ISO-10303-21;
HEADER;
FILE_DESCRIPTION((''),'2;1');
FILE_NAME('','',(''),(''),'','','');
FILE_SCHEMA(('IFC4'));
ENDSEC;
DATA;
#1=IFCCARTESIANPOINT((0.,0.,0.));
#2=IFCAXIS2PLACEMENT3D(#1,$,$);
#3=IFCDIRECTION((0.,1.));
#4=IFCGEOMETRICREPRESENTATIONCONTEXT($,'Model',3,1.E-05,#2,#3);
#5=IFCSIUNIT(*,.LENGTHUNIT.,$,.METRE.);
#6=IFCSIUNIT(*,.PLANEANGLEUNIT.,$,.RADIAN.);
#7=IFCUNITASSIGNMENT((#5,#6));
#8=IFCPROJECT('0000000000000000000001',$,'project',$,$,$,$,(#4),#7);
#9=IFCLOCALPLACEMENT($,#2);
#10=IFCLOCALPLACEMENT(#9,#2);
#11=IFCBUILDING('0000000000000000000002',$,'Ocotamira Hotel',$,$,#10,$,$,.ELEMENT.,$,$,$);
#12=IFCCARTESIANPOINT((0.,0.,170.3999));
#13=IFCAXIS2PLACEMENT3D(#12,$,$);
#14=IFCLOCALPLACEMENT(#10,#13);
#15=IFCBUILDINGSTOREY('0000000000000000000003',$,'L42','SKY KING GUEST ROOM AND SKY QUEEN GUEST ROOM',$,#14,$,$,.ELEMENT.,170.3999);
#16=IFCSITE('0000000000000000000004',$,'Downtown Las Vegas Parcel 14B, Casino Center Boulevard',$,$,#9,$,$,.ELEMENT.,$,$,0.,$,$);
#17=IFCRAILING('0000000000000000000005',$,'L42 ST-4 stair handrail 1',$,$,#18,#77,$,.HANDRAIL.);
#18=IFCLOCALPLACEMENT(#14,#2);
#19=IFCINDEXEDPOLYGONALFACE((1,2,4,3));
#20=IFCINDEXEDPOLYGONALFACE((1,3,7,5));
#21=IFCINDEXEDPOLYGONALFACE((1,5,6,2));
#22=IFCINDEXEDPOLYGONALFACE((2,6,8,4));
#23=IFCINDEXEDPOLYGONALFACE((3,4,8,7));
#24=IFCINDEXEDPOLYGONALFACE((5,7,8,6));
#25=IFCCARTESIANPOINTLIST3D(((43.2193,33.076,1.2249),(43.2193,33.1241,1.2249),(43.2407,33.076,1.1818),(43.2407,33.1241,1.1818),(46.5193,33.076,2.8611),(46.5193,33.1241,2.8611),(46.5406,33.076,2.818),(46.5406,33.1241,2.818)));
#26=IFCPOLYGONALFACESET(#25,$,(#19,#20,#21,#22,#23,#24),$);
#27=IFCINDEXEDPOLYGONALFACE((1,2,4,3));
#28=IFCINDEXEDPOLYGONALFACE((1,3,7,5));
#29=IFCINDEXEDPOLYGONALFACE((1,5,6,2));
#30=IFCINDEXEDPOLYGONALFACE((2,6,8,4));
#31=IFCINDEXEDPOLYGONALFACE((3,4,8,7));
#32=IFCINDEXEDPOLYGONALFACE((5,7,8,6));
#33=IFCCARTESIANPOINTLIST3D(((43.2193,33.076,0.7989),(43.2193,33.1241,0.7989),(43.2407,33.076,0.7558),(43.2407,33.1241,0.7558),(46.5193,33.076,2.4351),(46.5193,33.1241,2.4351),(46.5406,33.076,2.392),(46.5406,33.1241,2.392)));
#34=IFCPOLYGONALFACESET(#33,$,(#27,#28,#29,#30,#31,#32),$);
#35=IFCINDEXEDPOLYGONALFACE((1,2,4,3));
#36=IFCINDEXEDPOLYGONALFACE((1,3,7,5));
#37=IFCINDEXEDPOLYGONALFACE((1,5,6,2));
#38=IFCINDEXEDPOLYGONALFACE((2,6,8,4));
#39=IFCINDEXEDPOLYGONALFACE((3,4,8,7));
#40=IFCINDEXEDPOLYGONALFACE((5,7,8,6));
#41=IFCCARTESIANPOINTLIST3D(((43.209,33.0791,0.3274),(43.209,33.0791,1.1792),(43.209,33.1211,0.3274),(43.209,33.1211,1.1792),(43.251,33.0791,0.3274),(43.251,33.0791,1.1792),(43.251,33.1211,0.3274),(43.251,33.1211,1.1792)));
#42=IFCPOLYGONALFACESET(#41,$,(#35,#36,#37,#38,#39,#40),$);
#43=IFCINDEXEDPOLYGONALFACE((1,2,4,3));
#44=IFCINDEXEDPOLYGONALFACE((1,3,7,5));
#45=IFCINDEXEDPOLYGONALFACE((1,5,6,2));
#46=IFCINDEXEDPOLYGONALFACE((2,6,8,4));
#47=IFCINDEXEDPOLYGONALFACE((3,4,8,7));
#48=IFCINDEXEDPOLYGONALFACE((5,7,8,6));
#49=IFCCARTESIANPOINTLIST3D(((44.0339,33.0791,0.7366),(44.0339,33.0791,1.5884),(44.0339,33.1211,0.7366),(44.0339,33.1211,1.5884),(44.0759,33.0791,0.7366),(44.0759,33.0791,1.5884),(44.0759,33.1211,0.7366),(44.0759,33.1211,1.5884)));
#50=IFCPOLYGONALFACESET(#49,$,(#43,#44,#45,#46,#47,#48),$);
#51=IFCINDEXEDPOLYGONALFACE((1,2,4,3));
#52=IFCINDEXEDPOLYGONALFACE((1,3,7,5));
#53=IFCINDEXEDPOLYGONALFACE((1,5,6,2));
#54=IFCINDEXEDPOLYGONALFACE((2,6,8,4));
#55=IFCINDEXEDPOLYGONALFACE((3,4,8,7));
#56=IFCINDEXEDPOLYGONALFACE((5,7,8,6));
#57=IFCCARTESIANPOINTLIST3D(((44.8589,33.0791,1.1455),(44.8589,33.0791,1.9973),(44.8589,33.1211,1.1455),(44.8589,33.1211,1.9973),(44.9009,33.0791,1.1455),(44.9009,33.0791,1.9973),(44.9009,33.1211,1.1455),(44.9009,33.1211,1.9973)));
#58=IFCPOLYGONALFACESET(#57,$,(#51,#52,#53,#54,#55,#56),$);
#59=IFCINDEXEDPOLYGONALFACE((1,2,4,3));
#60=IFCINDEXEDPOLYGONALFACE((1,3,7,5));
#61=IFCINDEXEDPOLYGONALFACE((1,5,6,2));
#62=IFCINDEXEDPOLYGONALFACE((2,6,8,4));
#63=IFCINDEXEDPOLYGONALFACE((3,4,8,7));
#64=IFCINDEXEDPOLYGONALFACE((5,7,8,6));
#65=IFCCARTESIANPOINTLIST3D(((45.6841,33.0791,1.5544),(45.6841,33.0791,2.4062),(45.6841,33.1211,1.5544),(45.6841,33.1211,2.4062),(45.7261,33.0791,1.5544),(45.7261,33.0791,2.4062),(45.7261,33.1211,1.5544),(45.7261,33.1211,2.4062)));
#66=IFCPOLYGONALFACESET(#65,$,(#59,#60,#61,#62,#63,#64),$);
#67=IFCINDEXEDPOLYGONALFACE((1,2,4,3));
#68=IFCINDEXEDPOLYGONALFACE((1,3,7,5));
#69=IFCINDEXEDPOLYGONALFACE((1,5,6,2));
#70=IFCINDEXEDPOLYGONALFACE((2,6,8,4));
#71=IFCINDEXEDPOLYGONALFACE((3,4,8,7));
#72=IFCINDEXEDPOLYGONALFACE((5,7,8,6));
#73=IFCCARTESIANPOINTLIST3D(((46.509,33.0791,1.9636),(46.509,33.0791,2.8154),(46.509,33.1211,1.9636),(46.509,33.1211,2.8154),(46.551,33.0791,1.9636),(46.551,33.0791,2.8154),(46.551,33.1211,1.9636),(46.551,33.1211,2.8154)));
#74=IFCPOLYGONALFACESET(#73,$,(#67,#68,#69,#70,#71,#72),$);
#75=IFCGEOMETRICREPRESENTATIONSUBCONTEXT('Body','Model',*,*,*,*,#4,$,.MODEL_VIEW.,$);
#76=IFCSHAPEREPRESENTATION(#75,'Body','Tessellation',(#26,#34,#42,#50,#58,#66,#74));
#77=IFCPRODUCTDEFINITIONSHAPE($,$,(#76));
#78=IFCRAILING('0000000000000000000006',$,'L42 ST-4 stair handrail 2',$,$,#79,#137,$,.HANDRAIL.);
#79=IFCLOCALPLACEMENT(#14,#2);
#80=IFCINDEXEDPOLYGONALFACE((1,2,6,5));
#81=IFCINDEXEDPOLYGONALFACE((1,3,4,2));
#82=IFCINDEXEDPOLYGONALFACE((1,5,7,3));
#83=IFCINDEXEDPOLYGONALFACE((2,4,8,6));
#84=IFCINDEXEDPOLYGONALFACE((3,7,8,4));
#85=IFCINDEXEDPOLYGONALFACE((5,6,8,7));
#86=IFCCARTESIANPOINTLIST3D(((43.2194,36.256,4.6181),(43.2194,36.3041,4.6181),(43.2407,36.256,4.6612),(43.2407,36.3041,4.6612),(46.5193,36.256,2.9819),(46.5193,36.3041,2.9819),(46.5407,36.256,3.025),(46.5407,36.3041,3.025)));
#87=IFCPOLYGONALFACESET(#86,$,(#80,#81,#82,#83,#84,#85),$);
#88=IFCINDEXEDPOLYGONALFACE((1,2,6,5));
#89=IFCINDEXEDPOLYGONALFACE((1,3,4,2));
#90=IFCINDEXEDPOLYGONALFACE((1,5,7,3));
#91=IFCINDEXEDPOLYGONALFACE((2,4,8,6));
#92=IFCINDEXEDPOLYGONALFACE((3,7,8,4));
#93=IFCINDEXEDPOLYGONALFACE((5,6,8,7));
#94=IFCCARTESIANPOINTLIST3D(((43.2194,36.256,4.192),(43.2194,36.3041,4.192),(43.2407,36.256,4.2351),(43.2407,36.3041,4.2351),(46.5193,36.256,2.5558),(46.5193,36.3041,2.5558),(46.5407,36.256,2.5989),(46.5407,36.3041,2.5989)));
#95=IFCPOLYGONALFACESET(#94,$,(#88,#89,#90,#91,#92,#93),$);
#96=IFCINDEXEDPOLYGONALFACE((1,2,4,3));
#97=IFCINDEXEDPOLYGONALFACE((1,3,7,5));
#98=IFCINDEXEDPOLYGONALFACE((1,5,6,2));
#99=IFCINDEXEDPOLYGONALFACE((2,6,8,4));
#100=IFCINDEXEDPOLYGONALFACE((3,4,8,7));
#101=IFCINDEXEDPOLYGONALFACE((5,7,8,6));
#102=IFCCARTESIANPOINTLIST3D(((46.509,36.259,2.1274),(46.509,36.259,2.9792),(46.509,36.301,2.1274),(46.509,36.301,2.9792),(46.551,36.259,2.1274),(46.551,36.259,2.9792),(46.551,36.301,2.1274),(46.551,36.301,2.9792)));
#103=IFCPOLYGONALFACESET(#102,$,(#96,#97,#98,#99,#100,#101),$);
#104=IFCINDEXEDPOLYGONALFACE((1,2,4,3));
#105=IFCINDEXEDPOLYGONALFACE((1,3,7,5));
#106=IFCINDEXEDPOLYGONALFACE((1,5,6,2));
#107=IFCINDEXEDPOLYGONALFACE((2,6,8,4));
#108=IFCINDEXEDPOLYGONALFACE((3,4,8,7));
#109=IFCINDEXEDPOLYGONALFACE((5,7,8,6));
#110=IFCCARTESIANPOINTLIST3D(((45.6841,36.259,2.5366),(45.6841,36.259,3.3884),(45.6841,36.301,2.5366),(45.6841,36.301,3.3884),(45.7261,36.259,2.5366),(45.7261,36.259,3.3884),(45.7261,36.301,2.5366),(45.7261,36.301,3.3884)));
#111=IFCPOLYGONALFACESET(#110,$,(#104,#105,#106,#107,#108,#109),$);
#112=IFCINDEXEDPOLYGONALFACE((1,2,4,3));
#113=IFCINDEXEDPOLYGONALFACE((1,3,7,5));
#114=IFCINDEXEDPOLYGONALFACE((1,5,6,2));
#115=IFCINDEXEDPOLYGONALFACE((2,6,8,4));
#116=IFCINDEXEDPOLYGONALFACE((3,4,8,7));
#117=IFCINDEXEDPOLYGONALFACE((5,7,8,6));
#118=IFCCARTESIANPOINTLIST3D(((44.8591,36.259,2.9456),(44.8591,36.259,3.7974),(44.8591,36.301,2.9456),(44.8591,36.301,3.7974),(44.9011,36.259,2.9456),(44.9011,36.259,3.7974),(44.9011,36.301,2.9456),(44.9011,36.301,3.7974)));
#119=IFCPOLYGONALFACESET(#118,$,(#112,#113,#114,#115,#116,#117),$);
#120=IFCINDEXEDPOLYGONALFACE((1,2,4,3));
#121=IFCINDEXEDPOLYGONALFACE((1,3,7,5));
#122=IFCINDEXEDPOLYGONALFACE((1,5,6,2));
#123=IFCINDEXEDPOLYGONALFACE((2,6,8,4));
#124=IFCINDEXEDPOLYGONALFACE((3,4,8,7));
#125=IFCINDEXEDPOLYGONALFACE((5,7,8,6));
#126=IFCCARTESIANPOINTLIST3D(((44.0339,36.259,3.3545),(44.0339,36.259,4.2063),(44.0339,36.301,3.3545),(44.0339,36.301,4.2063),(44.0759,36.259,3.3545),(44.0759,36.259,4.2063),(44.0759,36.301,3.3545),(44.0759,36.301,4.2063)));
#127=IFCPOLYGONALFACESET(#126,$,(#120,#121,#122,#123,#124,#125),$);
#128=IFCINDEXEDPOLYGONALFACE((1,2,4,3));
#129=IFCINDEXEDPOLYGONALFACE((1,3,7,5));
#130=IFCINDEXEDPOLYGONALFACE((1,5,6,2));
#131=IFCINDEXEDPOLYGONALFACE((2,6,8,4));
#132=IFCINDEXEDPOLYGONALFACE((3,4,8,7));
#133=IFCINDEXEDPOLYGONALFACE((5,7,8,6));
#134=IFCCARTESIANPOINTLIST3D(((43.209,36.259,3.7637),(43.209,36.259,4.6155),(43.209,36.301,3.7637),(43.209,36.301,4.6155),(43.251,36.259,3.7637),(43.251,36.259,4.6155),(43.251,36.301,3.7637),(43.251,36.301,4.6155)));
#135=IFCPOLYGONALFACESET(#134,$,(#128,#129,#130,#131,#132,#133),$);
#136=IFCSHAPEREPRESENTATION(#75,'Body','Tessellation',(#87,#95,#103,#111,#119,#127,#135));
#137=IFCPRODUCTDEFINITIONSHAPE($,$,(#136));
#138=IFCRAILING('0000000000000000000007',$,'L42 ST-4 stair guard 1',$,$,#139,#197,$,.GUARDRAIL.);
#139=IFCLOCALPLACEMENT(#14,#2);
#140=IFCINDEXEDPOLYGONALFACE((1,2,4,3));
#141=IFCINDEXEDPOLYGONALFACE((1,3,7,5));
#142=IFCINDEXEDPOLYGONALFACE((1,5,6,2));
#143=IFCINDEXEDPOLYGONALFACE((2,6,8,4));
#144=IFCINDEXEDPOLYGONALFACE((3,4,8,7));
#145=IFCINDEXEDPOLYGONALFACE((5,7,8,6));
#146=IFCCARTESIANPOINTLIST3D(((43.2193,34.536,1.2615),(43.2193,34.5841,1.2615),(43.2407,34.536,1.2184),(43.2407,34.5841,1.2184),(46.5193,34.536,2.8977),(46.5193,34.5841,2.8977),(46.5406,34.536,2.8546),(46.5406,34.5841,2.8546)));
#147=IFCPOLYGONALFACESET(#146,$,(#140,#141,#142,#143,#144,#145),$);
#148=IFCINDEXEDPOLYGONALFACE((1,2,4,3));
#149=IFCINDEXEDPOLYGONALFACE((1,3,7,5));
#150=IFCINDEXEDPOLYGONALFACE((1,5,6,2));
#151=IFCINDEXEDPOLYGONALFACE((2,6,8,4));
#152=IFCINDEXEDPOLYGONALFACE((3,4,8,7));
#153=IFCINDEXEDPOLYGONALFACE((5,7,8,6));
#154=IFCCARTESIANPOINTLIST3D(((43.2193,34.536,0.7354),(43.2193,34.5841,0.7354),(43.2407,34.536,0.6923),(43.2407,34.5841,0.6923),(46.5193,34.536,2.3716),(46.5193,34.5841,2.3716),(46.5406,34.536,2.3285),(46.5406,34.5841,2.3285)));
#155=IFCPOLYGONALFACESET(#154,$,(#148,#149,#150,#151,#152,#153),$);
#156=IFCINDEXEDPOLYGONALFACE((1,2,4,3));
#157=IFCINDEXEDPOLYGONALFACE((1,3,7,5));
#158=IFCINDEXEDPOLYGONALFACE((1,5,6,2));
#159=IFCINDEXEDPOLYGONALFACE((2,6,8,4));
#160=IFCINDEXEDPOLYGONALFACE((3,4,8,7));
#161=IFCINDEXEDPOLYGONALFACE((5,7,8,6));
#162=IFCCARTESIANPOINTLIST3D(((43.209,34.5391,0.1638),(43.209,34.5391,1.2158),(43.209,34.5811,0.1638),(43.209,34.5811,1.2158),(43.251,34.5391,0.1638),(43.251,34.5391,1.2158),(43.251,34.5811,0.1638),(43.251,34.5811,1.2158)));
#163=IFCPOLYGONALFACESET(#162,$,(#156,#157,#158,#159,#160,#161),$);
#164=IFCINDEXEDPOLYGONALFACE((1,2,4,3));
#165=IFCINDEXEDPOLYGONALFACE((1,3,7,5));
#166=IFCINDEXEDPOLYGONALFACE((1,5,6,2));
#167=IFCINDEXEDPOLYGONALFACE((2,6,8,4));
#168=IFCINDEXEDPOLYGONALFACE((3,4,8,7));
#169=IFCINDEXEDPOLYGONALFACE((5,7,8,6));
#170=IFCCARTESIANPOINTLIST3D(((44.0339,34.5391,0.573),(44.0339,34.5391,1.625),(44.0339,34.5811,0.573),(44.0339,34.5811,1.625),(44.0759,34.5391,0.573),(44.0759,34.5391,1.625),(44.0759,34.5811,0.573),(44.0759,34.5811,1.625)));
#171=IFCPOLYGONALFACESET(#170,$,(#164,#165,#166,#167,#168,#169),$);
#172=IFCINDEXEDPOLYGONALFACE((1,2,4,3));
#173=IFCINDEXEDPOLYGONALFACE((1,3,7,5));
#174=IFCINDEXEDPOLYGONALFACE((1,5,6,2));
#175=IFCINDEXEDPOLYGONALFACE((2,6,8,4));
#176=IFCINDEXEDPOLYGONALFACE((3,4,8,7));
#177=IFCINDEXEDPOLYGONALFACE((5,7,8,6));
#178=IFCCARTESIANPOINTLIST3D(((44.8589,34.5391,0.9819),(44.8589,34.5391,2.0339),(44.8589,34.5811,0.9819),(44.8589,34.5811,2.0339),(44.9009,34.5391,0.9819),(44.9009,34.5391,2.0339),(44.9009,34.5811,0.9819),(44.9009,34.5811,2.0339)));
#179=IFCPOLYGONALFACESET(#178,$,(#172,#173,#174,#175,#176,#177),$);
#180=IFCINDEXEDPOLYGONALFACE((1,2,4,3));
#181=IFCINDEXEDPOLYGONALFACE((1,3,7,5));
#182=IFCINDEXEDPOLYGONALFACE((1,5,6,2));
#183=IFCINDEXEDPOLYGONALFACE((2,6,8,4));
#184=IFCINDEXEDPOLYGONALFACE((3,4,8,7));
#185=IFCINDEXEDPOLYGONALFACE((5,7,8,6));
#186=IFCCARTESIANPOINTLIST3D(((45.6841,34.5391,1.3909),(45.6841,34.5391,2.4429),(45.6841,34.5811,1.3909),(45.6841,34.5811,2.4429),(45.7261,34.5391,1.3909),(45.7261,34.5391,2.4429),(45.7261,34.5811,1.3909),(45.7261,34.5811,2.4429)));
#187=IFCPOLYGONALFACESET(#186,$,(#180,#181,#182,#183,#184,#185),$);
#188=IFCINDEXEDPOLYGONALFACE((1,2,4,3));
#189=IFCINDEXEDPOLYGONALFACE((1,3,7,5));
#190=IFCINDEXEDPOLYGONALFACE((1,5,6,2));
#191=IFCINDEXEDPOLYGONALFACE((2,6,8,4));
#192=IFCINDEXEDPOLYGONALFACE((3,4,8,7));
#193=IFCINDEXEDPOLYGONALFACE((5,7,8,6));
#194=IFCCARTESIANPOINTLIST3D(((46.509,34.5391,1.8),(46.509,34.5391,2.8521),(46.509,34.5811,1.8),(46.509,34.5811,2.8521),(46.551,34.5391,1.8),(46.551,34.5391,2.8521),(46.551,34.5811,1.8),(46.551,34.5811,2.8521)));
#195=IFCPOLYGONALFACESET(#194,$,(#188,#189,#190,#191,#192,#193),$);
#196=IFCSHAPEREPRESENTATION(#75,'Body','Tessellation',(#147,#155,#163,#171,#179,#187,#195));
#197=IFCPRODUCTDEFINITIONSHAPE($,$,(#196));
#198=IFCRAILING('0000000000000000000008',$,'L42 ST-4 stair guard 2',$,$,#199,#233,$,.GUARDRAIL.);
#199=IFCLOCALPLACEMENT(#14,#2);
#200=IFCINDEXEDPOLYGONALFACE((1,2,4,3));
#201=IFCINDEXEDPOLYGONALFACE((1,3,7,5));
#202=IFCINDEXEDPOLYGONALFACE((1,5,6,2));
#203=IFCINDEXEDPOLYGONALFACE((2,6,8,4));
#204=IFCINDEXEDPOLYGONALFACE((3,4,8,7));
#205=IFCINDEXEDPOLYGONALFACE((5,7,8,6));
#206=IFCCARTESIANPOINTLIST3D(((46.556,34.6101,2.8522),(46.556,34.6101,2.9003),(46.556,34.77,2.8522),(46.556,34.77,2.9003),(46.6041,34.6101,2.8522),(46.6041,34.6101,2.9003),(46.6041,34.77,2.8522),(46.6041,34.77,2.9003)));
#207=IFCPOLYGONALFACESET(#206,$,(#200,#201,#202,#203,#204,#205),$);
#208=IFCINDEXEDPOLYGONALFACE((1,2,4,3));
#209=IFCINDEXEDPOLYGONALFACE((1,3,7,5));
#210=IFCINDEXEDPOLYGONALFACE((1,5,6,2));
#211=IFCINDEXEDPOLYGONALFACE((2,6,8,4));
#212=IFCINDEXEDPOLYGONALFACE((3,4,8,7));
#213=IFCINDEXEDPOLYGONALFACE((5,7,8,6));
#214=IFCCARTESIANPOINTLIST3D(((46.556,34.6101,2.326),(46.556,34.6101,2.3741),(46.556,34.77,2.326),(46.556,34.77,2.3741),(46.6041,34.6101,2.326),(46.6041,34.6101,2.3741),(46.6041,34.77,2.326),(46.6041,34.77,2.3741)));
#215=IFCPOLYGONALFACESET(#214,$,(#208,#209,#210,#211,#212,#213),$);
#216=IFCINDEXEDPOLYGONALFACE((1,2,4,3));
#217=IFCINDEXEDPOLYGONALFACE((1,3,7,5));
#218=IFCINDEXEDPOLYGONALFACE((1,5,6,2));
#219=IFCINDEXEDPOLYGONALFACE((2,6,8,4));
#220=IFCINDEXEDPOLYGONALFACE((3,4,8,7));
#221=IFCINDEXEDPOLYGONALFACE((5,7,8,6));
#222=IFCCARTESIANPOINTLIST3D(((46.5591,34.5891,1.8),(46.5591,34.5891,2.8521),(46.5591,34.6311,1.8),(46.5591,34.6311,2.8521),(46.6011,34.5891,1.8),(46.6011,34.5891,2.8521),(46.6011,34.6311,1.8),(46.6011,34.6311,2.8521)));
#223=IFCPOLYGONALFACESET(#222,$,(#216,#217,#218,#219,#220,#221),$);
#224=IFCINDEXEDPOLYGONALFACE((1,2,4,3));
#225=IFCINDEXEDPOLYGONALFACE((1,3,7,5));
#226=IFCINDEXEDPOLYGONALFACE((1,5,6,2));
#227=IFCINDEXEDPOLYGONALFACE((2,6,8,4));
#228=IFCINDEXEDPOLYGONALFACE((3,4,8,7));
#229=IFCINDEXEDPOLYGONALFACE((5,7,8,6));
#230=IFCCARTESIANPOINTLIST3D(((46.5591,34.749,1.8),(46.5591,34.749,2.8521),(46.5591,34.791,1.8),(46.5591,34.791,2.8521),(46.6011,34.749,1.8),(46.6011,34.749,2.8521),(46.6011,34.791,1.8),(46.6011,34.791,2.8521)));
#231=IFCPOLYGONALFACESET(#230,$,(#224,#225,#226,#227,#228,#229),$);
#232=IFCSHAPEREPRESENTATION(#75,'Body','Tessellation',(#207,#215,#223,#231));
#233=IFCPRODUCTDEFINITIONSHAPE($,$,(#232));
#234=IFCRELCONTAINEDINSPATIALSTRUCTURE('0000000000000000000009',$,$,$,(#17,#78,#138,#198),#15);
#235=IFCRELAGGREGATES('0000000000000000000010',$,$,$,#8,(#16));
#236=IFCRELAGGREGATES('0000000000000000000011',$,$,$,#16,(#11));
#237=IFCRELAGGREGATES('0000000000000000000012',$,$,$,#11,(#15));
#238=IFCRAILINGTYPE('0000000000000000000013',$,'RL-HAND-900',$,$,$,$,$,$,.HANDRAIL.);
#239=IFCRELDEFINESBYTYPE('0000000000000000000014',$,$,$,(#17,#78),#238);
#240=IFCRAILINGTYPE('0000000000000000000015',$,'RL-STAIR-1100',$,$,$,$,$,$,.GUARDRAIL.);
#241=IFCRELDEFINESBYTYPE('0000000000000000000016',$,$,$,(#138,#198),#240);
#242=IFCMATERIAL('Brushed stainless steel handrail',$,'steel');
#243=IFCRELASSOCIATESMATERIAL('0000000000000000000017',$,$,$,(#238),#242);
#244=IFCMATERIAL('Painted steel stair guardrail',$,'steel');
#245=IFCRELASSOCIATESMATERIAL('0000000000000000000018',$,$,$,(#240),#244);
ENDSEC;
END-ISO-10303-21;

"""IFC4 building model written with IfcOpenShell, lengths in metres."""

from ifc_helpers import new_model, si_unit, direction, frame, origin, origin_2d, place, context, subcontext, project, spatial, rectangle, extrude, material, type_object, element, save


model = new_model("IFC4")

# Units and contexts
model_context = context("Model", 3, precision=1e-05, world=origin(), true_north=direction((0.0, 1.0)))
body_context = subcontext(model_context, "Body", "Model", "MODEL_VIEW")
ifc_project = project(units=[si_unit("LENGTHUNIT", "METRE"), si_unit("PLANEANGLEUNIT", "RADIAN")], contexts=[model_context])

# Site, building, storey
site_placement = place(None, origin())
site = spatial("IfcSite", under=ifc_project, at=site_placement, Name="Downtown Las Vegas Parcel 14B, Casino Center Boulevard", CompositionType="ELEMENT", RefElevation=0.0)
building_placement = place(site_placement, origin())
building = spatial("IfcBuilding", under=site, at=building_placement, Name="Ocotamira Hotel", CompositionType="ELEMENT")
storey_placement = place(building_placement, frame((0.0, 0.0, 170.3999)))
storey = spatial("IfcBuildingStorey", under=building, at=storey_placement, Name="L42", Description="SKY KING GUEST ROOM AND SKY QUEEN GUEST ROOM", CompositionType="ELEMENT", Elevation=170.3999)

# Railings
ifc_material_1 = material(Name="Brushed stainless steel handrail", Category="steel")
railing_type_1 = type_object("IfcRailingType", Name="RL-HAND-900", PredefinedType="HANDRAIL", material=ifc_material_1)
railing_1_placement = place(storey_placement, frame((43.23, 33.1001, 0.3274)))
element("IfcRailing", 1, at=railing_1_placement, inside=storey, type_object=railing_type_1, Name="L42 ST-4 stair handrail 1", PredefinedType="HANDRAIL", context=body_context, shape_type="SweptSolid", body=[
    extrude(rectangle(XDim=0.0481, YDim=0.0481, at=origin_2d()), frame((0.0, 0.0, 0.876), z_axis=(0.89592, 0.0, 0.444215), x_axis=(0.0, 1.0, 0.0)), (0.0, 0.0, 1.0), 3.6833),
    extrude(rectangle(XDim=0.0481, YDim=0.0481, at=origin_2d()), frame((0.0, 0.0, 0.45), z_axis=(0.89592, 0.0, 0.444215), x_axis=(0.0, 1.0, 0.0)), (0.0, 0.0, 1.0), 3.6833),
    extrude(rectangle(XDim=0.042, YDim=0.042, at=origin_2d()), origin(), (0.0, 0.0, 1.0), 0.8518),
    extrude(rectangle(XDim=0.042, YDim=0.042, at=origin_2d()), frame((0.825, 0.0, 0.4092)), (0.0, 0.0, 1.0), 0.8518),
    extrude(rectangle(XDim=0.042, YDim=0.042, at=origin_2d()), frame((1.6499, 0.0, 0.8181)), (0.0, 0.0, 1.0), 0.8518),
    extrude(rectangle(XDim=0.042, YDim=0.042, at=origin_2d()), frame((2.4751, 0.0, 1.2271)), (0.0, 0.0, 1.0), 0.8518),
    extrude(rectangle(XDim=0.042, YDim=0.042, at=origin_2d()), frame((3.3, 0.0, 1.6362)), (0.0, 0.0, 1.0), 0.8518),
])
railing_2_placement = place(storey_placement, frame((46.53, 36.28, 2.1274)))
element("IfcRailing", 2, at=railing_2_placement, inside=storey, type_object=railing_type_1, Name="L42 ST-4 stair handrail 2", PredefinedType="HANDRAIL", context=body_context, shape_type="SweptSolid", body=[
    extrude(rectangle(XDim=0.0481, YDim=0.0481, at=origin_2d()), frame((0.0, 0.0, 0.876), z_axis=(-0.89592, 0.0, 0.444215), x_axis=(0.0, -1.0, 0.0)), (0.0, 0.0, 1.0), 3.6833),
    extrude(rectangle(XDim=0.0481, YDim=0.0481, at=origin_2d()), frame((0.0, 0.0, 0.45), z_axis=(-0.89592, 0.0, 0.444215), x_axis=(0.0, -1.0, 0.0)), (0.0, 0.0, 1.0), 3.6833),
    extrude(rectangle(XDim=0.042, YDim=0.042, at=origin_2d()), origin(), (0.0, 0.0, 1.0), 0.8518),
    extrude(rectangle(XDim=0.042, YDim=0.042, at=origin_2d()), frame((-0.825, 0.0, 0.4092)), (0.0, 0.0, 1.0), 0.8518),
    extrude(rectangle(XDim=0.042, YDim=0.042, at=origin_2d()), frame((-1.6499, 0.0, 0.8181)), (0.0, 0.0, 1.0), 0.8518),
    extrude(rectangle(XDim=0.042, YDim=0.042, at=origin_2d()), frame((-2.4751, 0.0, 1.2271)), (0.0, 0.0, 1.0), 0.8518),
    extrude(rectangle(XDim=0.042, YDim=0.042, at=origin_2d()), frame((-3.3, 0.0, 1.6362)), (0.0, 0.0, 1.0), 0.8518),
])
ifc_material_2 = material(Name="Painted steel stair guardrail", Category="steel")
railing_type_2 = type_object("IfcRailingType", Name="RL-STAIR-1100", PredefinedType="GUARDRAIL", material=ifc_material_2)
railing_3_placement = place(storey_placement, frame((43.23, 34.5601, 0.1638)))
element("IfcRailing", 3, at=railing_3_placement, inside=storey, type_object=railing_type_2, Name="L42 ST-4 stair guard 1", PredefinedType="GUARDRAIL", context=body_context, shape_type="SweptSolid", body=[
    extrude(rectangle(XDim=0.0481, YDim=0.0481, at=origin_2d()), frame((0.0, 0.0, 1.0762), z_axis=(0.89592, 0.0, 0.444215), x_axis=(0.0, 1.0, 0.0)), (0.0, 0.0, 1.0), 3.6833),
    extrude(rectangle(XDim=0.0481, YDim=0.0481, at=origin_2d()), frame((0.0, 0.0, 0.55), z_axis=(0.89592, 0.0, 0.444215), x_axis=(0.0, 1.0, 0.0)), (0.0, 0.0, 1.0), 3.6833),
    extrude(rectangle(XDim=0.042, YDim=0.042, at=origin_2d()), origin(), (0.0, 0.0, 1.0), 1.052),
    extrude(rectangle(XDim=0.042, YDim=0.042, at=origin_2d()), frame((0.825, 0.0, 0.4092)), (0.0, 0.0, 1.0), 1.052),
    extrude(rectangle(XDim=0.042, YDim=0.042, at=origin_2d()), frame((1.6499, 0.0, 0.8181)), (0.0, 0.0, 1.0), 1.052),
    extrude(rectangle(XDim=0.042, YDim=0.042, at=origin_2d()), frame((2.4751, 0.0, 1.2271)), (0.0, 0.0, 1.0), 1.052),
    extrude(rectangle(XDim=0.042, YDim=0.042, at=origin_2d()), frame((3.3, 0.0, 1.6362)), (0.0, 0.0, 1.0), 1.052),
])
railing_4_placement = place(storey_placement, frame((46.5801, 34.6101, 1.8)))
element("IfcRailing", 4, at=railing_4_placement, inside=storey, type_object=railing_type_2, Name="L42 ST-4 stair guard 2", PredefinedType="GUARDRAIL", context=body_context, shape_type="SweptSolid", body=[
    extrude(rectangle(XDim=0.0481, YDim=0.0481, at=origin_2d()), frame((0.0, 0.0, 1.0762), z_axis=(0.0, 1.0, 0.0), x_axis=(-1.0, 0.0, 0.0)), (0.0, 0.0, 1.0), 0.1599),
    extrude(rectangle(XDim=0.0481, YDim=0.0481, at=origin_2d()), frame((0.0, 0.0, 0.55), z_axis=(0.0, 1.0, 0.0), x_axis=(-1.0, 0.0, 0.0)), (0.0, 0.0, 1.0), 0.1599),
    extrude(rectangle(XDim=0.042, YDim=0.042, at=origin_2d()), origin(), (0.0, 0.0, 1.0), 1.052),
    extrude(rectangle(XDim=0.042, YDim=0.042, at=origin_2d()), frame((0.0, 0.1599, 0.0)), (0.0, 0.0, 1.0), 1.052),
])

save(model, "model.ifc")
